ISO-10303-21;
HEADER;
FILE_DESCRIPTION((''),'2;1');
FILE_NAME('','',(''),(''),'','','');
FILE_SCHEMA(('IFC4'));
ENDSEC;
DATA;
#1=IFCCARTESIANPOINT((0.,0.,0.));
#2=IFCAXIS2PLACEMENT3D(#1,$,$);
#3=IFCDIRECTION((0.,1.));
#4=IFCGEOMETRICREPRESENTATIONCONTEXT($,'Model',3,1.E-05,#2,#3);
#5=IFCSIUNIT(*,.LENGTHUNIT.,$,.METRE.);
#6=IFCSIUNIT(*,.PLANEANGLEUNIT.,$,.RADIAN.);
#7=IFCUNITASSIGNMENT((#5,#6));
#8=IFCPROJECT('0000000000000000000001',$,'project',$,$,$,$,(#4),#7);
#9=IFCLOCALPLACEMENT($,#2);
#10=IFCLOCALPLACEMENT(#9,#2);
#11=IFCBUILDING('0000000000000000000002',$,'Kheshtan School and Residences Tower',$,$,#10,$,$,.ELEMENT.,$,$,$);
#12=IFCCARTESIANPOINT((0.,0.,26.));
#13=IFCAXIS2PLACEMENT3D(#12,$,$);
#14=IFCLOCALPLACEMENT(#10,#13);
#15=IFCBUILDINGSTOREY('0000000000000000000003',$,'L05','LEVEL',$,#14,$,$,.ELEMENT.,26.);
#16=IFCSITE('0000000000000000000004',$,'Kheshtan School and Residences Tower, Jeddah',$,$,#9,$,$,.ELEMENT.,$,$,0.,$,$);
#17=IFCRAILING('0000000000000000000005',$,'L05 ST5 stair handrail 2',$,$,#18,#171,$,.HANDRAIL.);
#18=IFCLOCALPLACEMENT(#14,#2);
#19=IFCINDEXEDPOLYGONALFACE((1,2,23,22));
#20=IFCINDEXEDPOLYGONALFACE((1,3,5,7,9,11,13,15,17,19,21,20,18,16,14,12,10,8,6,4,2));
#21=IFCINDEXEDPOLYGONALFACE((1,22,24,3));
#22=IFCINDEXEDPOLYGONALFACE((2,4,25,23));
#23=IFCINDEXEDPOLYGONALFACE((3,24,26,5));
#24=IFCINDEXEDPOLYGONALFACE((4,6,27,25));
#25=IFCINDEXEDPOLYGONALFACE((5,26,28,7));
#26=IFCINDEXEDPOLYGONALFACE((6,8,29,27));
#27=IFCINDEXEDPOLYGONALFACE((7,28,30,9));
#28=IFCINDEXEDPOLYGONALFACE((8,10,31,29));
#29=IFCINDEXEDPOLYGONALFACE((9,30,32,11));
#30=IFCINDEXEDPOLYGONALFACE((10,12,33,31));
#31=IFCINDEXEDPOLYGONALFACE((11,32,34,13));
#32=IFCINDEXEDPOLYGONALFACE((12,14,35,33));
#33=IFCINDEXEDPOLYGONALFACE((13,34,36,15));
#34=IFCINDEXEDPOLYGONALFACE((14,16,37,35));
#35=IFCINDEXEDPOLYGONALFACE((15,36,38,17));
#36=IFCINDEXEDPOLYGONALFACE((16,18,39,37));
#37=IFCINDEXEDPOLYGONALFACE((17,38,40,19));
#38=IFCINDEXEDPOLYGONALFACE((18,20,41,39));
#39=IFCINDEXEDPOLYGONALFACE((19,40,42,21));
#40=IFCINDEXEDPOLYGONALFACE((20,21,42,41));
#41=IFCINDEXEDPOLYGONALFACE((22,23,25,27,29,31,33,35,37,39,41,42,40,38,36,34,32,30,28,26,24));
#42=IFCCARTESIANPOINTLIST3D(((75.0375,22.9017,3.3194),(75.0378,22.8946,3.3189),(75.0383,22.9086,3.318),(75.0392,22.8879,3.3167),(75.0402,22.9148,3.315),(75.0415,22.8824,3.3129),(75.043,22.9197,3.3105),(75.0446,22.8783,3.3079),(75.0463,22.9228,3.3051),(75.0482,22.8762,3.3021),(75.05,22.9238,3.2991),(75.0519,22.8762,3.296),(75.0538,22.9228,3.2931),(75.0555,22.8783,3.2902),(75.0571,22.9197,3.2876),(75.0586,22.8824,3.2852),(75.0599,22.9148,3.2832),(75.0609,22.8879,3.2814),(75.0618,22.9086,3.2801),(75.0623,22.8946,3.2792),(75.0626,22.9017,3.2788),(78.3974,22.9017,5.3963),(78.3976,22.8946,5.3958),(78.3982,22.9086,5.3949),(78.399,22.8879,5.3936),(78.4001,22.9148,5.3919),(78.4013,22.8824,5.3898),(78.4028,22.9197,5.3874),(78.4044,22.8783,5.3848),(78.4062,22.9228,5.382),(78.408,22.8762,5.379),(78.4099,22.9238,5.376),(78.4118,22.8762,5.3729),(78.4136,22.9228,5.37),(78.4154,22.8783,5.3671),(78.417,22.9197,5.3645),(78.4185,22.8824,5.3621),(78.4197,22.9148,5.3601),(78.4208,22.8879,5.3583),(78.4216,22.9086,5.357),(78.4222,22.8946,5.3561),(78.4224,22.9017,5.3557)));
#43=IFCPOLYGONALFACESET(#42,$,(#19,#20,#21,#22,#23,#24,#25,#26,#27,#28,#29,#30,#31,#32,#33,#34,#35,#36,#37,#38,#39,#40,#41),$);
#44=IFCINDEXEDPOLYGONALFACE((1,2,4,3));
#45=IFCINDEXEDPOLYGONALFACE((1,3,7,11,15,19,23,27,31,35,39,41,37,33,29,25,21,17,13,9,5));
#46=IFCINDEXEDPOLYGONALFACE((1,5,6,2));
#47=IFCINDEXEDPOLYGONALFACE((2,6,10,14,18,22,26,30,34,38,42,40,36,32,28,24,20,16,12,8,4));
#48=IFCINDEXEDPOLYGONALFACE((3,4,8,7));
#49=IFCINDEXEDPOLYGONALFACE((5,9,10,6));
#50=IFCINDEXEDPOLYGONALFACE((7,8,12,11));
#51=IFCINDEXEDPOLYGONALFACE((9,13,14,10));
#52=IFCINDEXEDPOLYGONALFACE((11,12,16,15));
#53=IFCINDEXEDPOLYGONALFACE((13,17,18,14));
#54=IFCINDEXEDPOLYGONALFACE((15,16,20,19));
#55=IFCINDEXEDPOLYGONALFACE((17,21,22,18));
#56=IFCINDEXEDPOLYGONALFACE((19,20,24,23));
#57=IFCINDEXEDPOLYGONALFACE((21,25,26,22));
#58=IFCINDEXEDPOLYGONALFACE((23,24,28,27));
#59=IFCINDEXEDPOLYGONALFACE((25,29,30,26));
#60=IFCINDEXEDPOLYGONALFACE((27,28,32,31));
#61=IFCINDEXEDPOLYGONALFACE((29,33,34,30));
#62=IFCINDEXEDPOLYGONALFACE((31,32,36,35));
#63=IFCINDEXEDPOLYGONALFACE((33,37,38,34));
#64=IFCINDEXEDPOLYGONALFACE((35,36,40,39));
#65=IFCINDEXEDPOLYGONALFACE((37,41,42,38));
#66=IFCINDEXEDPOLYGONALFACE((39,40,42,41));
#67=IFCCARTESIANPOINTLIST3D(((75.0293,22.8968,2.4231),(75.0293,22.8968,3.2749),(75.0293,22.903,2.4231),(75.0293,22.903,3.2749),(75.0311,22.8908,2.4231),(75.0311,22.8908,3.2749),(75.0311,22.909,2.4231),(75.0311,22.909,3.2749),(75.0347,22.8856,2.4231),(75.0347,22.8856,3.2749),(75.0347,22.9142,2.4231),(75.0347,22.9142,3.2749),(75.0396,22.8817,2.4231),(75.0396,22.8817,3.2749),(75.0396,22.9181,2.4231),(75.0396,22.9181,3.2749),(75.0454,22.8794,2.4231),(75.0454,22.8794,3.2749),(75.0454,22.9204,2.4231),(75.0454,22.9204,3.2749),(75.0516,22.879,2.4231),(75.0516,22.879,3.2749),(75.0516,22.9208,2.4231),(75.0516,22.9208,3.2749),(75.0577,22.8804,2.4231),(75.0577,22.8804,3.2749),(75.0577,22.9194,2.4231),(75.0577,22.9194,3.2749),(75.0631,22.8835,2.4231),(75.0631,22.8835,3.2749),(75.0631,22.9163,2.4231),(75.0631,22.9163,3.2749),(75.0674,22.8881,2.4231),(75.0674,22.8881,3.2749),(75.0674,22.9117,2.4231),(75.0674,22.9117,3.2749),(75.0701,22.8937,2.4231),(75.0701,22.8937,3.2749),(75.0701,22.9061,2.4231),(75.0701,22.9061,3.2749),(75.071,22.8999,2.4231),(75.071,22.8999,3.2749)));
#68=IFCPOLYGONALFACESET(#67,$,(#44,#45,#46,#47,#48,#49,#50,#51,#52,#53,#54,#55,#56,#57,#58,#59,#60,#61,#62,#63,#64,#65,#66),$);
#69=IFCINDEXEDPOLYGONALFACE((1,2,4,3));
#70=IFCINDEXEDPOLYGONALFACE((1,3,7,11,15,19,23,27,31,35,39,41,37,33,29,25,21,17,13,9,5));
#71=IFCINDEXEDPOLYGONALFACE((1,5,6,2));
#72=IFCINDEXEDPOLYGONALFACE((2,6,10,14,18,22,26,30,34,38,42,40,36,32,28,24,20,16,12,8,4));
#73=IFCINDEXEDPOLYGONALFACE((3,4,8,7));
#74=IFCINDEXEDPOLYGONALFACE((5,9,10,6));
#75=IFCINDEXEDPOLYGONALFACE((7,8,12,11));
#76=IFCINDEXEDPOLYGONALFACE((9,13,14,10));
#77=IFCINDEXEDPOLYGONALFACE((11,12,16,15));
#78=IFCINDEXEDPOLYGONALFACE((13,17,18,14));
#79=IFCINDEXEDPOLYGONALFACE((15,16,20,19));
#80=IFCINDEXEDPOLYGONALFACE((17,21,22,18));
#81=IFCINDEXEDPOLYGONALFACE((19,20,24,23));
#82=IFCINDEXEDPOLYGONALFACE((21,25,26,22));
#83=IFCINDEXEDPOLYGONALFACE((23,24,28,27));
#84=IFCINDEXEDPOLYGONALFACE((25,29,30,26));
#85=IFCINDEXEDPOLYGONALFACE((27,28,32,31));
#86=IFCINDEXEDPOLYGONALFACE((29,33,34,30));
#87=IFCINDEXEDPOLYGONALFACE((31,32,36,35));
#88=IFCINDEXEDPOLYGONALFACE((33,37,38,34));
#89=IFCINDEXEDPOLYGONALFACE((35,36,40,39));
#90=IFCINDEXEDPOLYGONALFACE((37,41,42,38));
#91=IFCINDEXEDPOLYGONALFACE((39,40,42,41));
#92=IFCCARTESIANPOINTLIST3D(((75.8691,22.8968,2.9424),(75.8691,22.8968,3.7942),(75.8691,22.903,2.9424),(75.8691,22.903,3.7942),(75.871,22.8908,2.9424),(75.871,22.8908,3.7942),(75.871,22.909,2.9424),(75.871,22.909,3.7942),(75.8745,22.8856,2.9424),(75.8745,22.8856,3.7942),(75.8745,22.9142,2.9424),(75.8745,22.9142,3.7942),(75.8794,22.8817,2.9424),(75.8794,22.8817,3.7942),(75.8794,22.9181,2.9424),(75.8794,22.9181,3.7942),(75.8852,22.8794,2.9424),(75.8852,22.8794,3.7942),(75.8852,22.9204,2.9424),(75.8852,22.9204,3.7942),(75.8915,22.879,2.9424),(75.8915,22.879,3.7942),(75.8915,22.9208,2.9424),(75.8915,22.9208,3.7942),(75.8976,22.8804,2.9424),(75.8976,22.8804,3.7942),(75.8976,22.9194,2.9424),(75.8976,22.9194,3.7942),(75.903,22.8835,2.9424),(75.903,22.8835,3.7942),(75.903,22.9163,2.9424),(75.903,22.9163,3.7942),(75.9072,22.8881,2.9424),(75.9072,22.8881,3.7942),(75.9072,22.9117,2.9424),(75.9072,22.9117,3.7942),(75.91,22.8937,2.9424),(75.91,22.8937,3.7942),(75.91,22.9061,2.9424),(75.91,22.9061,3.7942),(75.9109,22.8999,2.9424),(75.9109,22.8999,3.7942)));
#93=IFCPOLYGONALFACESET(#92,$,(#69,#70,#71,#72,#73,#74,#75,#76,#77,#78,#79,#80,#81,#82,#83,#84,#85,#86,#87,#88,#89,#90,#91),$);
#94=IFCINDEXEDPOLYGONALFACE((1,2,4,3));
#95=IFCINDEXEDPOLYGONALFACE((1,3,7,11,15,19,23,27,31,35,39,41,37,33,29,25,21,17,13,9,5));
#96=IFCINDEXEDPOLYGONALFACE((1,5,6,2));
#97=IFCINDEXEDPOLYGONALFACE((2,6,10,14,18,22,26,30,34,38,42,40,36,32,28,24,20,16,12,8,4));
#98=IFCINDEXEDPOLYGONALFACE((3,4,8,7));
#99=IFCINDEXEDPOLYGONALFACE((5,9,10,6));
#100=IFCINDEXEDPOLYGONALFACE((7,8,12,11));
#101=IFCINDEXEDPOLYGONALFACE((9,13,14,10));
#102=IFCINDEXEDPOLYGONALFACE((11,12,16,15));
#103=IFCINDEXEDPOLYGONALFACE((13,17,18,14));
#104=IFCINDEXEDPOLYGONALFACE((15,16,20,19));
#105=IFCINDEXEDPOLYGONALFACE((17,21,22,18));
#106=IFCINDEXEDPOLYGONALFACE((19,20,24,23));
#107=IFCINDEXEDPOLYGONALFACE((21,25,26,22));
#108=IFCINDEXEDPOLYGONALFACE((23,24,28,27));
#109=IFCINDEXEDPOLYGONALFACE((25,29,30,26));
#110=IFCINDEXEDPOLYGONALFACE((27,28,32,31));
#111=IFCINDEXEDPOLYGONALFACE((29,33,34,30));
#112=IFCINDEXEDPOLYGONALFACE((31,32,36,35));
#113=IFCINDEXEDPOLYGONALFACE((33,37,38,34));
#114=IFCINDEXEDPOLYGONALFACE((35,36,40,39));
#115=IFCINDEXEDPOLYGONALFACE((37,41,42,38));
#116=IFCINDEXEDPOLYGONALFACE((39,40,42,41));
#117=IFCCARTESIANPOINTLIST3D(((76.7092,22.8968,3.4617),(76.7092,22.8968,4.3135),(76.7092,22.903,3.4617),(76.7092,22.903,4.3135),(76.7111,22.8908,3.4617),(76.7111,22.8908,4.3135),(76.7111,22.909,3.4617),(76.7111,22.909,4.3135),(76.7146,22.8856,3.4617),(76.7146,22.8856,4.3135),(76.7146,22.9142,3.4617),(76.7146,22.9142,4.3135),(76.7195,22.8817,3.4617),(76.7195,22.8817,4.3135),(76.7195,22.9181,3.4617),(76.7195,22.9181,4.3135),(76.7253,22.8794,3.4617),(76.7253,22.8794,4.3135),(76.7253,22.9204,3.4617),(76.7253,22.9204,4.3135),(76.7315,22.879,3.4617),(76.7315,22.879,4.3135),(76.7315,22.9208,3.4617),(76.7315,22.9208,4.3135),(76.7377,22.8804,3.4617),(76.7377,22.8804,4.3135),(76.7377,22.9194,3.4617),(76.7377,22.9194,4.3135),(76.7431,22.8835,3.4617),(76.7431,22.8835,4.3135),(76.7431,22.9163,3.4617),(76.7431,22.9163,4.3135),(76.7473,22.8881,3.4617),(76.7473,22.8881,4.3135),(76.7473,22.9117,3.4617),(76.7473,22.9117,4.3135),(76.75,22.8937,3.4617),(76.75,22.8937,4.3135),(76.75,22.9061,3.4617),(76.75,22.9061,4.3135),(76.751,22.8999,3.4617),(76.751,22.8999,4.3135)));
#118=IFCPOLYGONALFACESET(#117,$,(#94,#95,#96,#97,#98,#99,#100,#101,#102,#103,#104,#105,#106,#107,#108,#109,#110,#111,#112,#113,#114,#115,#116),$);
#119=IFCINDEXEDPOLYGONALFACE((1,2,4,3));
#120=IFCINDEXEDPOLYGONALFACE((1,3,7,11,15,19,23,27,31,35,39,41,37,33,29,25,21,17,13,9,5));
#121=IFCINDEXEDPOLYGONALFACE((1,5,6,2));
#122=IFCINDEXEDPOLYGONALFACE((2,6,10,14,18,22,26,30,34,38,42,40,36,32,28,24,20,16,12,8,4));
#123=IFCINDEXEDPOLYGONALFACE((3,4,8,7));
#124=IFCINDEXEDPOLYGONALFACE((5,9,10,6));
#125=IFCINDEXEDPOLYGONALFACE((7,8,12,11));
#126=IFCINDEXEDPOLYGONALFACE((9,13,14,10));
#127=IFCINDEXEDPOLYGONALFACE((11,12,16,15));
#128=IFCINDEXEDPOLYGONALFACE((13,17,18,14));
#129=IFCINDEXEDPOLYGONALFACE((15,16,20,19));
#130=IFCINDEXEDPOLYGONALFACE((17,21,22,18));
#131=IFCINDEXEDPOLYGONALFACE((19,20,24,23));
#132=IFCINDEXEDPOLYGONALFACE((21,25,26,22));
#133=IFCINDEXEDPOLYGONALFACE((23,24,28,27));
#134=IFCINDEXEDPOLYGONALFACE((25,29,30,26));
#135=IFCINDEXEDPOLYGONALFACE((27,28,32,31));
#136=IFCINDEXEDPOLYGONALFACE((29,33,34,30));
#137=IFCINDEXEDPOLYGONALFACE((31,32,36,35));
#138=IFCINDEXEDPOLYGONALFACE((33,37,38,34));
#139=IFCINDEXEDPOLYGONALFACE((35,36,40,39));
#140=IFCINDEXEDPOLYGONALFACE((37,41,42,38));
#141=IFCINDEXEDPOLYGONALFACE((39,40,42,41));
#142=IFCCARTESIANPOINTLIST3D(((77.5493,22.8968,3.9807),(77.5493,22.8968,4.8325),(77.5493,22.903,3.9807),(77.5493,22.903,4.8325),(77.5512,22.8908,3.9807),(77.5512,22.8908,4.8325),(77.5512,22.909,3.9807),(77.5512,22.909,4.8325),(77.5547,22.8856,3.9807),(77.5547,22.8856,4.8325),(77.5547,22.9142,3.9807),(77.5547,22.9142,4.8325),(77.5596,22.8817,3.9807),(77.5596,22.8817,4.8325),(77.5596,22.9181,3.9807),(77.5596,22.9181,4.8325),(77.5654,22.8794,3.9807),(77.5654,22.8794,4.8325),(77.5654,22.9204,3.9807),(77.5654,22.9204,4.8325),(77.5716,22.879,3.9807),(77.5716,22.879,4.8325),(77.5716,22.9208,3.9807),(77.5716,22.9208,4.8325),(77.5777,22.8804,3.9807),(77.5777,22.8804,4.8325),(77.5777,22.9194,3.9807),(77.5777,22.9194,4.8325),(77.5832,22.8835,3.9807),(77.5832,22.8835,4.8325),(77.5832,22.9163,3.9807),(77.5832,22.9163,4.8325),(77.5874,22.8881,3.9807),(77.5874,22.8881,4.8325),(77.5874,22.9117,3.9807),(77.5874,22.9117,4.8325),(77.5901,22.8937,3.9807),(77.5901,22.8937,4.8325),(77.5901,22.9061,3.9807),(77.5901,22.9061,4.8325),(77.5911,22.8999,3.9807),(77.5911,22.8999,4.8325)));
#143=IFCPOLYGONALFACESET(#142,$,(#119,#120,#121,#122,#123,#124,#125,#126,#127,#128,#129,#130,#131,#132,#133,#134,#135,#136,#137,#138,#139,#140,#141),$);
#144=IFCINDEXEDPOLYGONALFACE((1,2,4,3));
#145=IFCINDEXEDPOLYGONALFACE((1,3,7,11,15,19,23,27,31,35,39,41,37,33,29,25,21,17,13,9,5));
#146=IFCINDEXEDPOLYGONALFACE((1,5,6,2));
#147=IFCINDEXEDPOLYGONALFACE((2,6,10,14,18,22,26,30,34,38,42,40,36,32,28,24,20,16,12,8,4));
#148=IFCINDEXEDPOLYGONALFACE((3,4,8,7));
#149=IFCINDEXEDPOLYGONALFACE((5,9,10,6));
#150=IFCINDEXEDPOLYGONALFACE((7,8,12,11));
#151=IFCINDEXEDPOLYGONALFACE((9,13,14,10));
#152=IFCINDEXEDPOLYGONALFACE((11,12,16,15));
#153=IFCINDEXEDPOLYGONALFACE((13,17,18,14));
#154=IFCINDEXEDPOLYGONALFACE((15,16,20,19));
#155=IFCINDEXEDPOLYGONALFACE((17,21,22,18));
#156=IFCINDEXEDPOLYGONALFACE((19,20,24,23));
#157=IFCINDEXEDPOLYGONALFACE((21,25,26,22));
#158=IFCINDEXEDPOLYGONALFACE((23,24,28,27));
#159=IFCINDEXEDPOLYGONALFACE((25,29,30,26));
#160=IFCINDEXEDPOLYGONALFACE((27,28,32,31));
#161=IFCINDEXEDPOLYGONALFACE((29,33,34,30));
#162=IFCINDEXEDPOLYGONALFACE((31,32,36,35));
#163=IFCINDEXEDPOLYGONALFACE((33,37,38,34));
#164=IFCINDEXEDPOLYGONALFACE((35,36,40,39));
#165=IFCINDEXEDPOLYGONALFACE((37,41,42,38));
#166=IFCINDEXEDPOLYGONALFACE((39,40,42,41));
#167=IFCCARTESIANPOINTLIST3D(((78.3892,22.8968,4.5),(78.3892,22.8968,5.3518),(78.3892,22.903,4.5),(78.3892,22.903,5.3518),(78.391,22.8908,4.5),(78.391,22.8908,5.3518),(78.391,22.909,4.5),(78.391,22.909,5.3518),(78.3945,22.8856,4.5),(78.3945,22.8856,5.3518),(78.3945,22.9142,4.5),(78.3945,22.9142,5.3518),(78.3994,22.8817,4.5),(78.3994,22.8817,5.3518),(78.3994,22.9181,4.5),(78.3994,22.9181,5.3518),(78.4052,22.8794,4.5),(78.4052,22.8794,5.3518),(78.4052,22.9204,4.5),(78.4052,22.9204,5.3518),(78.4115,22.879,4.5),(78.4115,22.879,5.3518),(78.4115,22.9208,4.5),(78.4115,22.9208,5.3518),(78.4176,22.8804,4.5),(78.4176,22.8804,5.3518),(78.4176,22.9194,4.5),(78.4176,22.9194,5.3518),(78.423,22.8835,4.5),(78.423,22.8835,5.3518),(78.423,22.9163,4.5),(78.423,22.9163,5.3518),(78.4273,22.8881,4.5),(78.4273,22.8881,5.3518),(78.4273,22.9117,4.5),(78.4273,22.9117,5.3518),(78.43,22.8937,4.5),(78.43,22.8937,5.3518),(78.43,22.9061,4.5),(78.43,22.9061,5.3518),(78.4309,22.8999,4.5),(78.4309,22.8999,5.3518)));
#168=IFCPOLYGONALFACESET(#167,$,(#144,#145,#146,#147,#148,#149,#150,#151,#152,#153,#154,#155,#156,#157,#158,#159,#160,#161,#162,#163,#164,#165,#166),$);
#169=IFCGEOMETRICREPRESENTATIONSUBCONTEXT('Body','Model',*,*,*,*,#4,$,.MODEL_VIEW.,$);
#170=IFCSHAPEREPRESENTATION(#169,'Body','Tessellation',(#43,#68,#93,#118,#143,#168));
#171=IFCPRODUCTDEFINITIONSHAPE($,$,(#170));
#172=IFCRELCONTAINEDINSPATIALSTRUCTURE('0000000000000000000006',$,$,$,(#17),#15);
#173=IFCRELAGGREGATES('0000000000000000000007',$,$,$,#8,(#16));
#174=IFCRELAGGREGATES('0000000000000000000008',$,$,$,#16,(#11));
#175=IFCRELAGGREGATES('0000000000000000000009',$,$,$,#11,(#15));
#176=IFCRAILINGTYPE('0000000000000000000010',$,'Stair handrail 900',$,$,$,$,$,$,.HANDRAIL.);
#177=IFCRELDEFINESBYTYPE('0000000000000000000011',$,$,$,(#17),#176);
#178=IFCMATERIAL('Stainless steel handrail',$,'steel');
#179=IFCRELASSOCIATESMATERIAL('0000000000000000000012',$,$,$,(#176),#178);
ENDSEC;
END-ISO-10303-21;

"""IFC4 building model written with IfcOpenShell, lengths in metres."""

from ifc_helpers import new_model, si_unit, direction, frame, origin, origin_2d, place, context, subcontext, project, spatial, circle, extrude, material, type_object, element, save


model = new_model("IFC4")

# Units and contexts
model_context = context("Model", 3, precision=1e-05, world=origin(), true_north=direction((0.0, 1.0)))
body_context = subcontext(model_context, "Body", "Model", "MODEL_VIEW")
ifc_project = project(units=[si_unit("LENGTHUNIT", "METRE"), si_unit("PLANEANGLEUNIT", "RADIAN")], contexts=[model_context])

# Site, building, storey
site_placement = place(None, origin())
site = spatial("IfcSite", under=ifc_project, at=site_placement, Name="Kheshtan School and Residences Tower, Jeddah", CompositionType="ELEMENT", RefElevation=0.0)
building_placement = place(site_placement, origin())
building = spatial("IfcBuilding", under=site, at=building_placement, Name="Kheshtan School and Residences Tower", CompositionType="ELEMENT")
storey_placement = place(building_placement, frame((0.0, 0.0, 26.0)))
storey = spatial("IfcBuildingStorey", under=building, at=storey_placement, Name="L05", Description="LEVEL", CompositionType="ELEMENT", Elevation=26.0)

# Railing
ifc_material_1 = material(Name="Stainless steel handrail", Category="steel")
railing_type = type_object("IfcRailingType", Name="Stair handrail 900", PredefinedType="HANDRAIL", material=ifc_material_1)
railing_1_placement = place(storey_placement, frame((75.05, 22.8999, 2.4231)))
element("IfcRailing", 1, at=railing_1_placement, inside=storey, type_object=railing_type, Name="L05 ST5 stair handrail 2", PredefinedType="HANDRAIL", context=body_context, shape_type="SweptSolid", body=[
    extrude(circle(Radius=0.0239, at=origin_2d()), frame((0.0, 0.0, 0.876), z_axis=(0.850606, 0.0, 0.525803), x_axis=(0.0, 1.0, 0.0)), (0.0, 0.0, 1.0), 3.95),
    extrude(circle(Radius=0.021, at=origin_2d()), origin(), (0.0, 0.0, 1.0), 0.8518),
    extrude(circle(Radius=0.021, at=origin_2d()), frame((0.8398, 0.0, 0.5193)), (0.0, 0.0, 1.0), 0.8518),
    extrude(circle(Radius=0.021, at=origin_2d()), frame((1.6799, 0.0, 1.0386)), (0.0, 0.0, 1.0), 0.8518),
    extrude(circle(Radius=0.021, at=origin_2d()), frame((2.52, 0.0, 1.5576)), (0.0, 0.0, 1.0), 0.8518),
    extrude(circle(Radius=0.021, at=origin_2d()), frame((3.3599, 0.0, 2.0769)), (0.0, 0.0, 1.0), 0.8518),
])

save(model, "model.ifc")
